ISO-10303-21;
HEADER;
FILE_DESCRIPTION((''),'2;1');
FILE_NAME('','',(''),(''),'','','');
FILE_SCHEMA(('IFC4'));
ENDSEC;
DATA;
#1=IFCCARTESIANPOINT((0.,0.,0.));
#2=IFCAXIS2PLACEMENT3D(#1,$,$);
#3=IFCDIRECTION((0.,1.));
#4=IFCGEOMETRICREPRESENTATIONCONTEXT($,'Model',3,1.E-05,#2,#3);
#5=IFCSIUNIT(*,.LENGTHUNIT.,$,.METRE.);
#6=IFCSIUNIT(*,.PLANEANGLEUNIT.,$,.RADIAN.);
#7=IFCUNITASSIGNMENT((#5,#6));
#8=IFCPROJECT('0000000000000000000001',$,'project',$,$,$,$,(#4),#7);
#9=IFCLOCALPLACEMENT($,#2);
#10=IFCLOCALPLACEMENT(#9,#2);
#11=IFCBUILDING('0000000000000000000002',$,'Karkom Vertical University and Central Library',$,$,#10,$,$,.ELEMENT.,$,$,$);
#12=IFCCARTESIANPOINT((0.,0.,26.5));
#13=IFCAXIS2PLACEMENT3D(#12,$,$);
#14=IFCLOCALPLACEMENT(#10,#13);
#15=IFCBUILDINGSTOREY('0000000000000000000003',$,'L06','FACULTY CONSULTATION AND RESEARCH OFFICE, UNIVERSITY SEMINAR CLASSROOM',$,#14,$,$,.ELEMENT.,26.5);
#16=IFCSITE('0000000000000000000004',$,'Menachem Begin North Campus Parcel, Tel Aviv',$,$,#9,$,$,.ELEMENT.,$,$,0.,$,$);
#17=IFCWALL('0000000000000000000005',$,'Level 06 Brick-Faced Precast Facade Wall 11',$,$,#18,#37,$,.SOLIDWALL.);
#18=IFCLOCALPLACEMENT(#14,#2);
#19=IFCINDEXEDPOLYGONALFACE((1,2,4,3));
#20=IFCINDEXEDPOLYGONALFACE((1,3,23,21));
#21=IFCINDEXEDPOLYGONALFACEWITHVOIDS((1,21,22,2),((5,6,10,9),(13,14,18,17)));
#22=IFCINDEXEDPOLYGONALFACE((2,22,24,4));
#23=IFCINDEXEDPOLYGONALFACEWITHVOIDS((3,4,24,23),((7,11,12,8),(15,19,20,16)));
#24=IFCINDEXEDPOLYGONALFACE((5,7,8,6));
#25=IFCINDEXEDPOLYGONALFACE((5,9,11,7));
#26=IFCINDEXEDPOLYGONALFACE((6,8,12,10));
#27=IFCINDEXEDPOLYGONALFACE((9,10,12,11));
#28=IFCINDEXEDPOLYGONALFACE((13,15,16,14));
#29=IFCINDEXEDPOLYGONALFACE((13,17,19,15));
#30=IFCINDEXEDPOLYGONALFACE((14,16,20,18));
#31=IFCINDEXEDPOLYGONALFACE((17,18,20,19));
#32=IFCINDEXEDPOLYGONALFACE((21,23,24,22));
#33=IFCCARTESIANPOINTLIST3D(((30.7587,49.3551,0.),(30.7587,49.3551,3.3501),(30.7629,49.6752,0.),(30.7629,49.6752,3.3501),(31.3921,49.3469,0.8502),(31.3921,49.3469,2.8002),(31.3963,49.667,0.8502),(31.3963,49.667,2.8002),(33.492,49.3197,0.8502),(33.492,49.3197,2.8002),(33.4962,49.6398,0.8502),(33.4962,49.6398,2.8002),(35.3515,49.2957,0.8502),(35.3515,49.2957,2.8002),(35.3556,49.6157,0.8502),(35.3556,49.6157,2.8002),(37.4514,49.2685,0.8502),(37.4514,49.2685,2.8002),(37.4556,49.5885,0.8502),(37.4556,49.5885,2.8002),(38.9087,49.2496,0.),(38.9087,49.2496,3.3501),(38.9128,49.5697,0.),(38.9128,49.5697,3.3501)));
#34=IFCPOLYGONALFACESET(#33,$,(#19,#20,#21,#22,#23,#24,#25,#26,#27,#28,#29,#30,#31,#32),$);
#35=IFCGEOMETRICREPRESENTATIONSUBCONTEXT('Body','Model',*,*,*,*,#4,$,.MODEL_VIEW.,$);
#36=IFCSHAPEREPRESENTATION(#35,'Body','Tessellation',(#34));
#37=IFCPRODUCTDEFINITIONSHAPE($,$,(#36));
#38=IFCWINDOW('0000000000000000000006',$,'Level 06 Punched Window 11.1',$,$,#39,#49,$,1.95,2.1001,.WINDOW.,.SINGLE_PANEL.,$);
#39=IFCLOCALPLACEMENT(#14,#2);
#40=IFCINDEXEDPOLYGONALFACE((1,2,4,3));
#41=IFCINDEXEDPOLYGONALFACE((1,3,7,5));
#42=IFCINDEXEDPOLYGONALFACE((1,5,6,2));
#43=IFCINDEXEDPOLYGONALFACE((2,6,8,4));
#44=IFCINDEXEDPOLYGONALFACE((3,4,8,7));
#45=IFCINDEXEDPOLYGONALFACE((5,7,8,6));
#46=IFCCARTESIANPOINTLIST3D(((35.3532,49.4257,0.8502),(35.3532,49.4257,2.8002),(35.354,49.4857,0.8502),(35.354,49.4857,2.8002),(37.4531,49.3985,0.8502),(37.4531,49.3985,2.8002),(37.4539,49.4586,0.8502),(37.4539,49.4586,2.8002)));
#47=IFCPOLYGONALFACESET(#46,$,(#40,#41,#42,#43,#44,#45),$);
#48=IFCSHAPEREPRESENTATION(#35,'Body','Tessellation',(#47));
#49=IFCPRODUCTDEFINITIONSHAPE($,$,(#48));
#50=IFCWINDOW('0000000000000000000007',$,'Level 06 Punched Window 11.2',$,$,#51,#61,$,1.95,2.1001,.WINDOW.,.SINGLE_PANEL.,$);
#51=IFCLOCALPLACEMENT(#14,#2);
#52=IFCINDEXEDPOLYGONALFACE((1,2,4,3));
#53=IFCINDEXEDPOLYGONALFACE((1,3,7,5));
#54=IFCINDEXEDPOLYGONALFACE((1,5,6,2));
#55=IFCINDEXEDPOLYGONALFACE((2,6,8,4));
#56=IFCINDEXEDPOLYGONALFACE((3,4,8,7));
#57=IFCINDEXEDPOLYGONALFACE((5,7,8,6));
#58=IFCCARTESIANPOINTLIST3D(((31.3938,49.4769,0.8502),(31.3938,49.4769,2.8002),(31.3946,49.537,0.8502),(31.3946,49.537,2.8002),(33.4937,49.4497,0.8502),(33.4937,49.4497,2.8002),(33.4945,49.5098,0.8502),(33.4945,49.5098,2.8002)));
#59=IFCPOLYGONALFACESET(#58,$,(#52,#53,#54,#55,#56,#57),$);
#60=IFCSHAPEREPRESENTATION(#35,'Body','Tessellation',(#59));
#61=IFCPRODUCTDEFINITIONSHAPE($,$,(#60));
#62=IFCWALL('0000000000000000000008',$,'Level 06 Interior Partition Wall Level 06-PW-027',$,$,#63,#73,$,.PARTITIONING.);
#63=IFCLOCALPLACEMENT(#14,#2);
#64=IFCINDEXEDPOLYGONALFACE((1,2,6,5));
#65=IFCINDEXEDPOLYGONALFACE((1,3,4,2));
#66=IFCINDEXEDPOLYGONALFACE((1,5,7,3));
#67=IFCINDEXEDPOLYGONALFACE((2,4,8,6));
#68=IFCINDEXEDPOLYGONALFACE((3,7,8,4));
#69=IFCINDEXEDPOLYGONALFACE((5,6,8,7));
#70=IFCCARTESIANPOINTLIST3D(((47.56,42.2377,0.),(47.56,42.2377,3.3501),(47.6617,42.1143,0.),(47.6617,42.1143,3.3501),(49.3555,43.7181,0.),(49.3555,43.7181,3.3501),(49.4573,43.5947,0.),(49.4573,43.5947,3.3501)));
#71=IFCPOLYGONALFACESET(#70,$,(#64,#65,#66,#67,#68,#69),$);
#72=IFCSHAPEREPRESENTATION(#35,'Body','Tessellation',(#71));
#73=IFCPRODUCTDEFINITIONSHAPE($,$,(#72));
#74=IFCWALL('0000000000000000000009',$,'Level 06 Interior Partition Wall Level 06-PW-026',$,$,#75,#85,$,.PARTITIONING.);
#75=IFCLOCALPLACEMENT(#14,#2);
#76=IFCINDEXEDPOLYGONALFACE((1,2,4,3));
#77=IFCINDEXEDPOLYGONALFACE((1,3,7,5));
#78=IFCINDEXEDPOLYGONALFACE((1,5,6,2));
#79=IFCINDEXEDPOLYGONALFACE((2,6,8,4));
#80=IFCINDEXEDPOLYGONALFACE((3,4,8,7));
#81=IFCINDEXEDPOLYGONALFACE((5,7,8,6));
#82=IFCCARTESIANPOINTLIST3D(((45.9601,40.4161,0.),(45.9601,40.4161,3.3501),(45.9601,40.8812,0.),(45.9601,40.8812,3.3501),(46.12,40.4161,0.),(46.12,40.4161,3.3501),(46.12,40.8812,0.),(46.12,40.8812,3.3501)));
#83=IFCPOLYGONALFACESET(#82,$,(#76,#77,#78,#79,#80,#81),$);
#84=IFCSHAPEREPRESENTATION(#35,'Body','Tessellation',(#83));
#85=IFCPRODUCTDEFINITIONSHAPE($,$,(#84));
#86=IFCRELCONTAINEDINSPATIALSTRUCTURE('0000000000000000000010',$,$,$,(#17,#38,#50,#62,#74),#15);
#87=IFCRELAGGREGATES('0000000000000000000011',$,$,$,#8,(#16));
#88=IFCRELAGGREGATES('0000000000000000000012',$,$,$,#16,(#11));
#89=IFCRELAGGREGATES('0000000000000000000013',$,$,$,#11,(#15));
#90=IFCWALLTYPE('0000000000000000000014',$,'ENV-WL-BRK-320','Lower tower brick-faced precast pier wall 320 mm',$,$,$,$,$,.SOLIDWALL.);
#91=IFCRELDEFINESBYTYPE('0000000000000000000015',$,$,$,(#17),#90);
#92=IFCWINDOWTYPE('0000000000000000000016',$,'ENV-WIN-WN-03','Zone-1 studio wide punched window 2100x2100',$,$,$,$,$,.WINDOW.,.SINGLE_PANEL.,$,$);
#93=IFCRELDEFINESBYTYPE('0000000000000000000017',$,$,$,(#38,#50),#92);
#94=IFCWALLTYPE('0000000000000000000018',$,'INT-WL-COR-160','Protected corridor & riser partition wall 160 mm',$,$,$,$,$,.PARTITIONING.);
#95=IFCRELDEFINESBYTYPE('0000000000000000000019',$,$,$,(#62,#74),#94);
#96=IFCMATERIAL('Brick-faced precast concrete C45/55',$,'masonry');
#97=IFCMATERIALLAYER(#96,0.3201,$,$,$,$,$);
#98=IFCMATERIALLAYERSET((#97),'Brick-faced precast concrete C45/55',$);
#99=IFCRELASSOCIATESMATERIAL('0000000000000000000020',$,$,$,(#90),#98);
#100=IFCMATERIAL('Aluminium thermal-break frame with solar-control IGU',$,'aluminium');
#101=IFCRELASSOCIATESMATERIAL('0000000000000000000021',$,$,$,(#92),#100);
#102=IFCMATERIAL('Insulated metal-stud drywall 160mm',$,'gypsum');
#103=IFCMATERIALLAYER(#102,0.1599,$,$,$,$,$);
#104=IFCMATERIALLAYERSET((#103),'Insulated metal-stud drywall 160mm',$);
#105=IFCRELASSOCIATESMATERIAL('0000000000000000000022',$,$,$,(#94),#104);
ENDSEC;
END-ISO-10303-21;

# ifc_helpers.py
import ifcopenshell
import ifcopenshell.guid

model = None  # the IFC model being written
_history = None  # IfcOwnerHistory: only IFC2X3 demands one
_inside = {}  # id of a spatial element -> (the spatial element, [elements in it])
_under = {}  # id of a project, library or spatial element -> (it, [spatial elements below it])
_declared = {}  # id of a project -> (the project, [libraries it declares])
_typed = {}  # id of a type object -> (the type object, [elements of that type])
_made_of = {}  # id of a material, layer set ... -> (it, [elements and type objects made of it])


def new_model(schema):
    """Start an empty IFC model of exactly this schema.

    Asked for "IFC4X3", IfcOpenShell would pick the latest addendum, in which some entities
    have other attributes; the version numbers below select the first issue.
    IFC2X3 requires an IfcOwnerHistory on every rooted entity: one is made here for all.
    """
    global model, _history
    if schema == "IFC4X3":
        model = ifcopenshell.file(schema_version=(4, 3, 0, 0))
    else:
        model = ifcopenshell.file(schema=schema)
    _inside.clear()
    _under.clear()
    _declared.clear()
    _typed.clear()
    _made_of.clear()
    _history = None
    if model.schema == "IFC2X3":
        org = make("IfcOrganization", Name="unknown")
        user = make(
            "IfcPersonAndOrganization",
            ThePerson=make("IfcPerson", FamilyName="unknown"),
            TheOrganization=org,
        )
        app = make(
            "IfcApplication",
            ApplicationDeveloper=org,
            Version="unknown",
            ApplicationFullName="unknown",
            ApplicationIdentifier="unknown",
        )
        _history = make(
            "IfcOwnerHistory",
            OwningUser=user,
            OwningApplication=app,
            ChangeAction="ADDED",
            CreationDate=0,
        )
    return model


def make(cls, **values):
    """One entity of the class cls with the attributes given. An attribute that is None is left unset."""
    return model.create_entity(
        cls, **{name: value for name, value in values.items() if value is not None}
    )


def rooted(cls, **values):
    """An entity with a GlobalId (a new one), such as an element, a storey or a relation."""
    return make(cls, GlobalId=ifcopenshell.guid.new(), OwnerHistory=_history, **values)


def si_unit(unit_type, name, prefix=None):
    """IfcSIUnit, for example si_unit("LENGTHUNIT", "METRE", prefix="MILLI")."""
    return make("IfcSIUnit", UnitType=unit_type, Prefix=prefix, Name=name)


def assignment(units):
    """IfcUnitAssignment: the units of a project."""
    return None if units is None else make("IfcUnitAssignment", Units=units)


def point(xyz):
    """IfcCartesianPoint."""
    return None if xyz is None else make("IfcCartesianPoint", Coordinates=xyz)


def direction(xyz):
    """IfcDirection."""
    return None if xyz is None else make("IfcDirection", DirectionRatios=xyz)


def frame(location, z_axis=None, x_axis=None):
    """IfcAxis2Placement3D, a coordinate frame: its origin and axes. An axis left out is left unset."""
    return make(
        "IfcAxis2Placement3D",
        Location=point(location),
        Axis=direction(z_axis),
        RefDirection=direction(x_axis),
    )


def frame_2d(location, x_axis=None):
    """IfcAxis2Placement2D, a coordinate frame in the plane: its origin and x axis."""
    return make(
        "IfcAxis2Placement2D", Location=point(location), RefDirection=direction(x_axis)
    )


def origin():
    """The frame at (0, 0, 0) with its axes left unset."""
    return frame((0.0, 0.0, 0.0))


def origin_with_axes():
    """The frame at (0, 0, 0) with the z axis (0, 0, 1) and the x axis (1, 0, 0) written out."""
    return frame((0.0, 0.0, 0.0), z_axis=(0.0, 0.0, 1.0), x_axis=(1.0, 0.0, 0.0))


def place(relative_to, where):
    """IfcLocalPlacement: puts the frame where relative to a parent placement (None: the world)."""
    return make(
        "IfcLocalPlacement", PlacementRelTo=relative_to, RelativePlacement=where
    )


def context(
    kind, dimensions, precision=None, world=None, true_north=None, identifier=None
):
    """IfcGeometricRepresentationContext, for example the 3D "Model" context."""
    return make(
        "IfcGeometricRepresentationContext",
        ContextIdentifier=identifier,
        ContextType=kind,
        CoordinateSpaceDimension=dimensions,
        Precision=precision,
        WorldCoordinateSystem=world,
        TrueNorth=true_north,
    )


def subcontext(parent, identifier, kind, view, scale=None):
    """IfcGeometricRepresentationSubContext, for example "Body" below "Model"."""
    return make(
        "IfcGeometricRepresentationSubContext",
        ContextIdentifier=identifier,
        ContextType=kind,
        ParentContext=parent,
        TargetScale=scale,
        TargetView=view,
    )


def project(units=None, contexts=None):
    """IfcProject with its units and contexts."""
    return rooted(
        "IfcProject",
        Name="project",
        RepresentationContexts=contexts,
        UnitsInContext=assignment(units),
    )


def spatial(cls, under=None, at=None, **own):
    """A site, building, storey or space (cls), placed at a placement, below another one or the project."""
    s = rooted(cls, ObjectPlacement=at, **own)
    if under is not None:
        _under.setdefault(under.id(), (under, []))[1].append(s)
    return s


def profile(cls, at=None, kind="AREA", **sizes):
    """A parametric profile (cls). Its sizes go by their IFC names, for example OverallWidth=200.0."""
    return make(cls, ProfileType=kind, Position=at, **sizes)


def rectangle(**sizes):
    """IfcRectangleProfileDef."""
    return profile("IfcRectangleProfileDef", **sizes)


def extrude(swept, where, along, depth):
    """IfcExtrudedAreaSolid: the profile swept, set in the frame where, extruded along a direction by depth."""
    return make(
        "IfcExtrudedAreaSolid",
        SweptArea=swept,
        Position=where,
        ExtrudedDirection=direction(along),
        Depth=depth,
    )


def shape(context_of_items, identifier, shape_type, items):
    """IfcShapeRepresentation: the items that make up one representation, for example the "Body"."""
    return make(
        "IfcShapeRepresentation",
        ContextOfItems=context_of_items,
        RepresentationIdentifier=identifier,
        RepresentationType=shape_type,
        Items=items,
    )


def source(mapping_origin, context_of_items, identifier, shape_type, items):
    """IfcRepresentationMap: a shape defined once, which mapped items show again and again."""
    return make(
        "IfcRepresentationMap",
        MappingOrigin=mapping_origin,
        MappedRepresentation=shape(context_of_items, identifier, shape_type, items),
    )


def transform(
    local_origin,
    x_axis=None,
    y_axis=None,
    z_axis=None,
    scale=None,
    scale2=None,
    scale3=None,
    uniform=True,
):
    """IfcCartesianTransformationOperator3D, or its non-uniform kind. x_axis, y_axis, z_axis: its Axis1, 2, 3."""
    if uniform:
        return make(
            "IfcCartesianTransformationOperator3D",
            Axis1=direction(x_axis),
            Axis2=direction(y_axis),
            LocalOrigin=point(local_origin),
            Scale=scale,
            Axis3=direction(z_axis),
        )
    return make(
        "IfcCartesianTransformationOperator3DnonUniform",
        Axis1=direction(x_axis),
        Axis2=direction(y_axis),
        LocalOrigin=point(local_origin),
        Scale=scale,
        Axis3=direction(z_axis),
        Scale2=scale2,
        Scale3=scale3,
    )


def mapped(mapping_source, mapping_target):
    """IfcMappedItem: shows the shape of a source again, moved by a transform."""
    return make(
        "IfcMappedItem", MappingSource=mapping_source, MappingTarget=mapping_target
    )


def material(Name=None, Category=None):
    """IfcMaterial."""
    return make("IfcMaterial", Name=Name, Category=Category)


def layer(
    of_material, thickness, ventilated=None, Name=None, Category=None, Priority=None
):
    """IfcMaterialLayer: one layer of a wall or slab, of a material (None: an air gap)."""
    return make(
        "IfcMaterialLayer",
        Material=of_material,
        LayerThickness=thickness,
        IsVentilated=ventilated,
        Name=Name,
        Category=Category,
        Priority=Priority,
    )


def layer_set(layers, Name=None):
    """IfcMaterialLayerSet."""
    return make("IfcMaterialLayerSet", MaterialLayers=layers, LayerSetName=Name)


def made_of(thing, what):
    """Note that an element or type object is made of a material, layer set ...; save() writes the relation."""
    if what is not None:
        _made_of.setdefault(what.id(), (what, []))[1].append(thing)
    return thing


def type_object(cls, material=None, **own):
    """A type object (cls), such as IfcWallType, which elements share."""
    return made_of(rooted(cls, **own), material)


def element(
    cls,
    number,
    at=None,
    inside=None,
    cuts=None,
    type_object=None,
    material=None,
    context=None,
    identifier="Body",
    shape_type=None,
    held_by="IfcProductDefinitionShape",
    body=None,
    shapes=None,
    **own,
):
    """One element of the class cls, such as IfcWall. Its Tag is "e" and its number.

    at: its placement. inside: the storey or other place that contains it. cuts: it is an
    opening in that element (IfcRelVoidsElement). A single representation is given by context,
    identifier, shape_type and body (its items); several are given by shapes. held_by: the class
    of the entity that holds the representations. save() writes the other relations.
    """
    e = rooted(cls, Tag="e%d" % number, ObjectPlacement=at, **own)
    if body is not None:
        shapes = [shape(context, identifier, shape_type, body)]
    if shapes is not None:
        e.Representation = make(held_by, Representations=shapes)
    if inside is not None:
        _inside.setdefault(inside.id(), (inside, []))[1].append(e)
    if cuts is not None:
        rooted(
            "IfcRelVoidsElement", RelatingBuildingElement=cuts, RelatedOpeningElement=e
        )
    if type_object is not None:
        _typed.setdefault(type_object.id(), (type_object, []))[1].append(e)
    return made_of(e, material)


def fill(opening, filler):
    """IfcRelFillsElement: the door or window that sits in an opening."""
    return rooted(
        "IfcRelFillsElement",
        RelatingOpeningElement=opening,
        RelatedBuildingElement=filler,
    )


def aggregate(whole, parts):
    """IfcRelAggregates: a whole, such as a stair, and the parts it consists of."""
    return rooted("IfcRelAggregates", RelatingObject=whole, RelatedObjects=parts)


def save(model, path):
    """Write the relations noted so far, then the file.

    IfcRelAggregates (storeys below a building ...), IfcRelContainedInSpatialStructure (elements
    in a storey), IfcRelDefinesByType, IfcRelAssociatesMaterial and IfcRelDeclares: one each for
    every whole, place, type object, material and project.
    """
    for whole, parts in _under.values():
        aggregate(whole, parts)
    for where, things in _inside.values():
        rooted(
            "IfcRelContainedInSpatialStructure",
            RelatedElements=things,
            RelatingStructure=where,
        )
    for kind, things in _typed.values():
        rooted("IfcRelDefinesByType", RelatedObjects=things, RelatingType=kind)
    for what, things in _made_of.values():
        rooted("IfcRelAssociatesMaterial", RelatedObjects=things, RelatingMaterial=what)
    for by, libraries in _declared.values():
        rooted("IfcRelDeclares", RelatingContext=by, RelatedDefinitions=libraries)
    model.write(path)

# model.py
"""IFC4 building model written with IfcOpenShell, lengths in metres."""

from ifc_helpers import new_model, si_unit, direction, frame, frame_2d, origin, origin_with_axes, place, context, subcontext, project, spatial, rectangle, extrude, source, transform, mapped, material, layer, layer_set, type_object, element, fill, save


model = new_model("IFC4")

# Units and contexts
model_context = context("Model", 3, precision=1e-05, world=origin(), true_north=direction((0.0, 1.0)))
body_context = subcontext(model_context, "Body", "Model", "MODEL_VIEW")
ifc_project = project(units=[si_unit("LENGTHUNIT", "METRE"), si_unit("PLANEANGLEUNIT", "RADIAN")], contexts=[model_context])

# Site, building, storey
site_placement = place(None, origin())
site = spatial("IfcSite", under=ifc_project, at=site_placement, Name="Menachem Begin North Campus Parcel, Tel Aviv", CompositionType="ELEMENT", RefElevation=0.0)
building_placement = place(site_placement, origin())
building = spatial("IfcBuilding", under=site, at=building_placement, Name="Karkom Vertical University and Central Library", CompositionType="ELEMENT")
storey_placement = place(building_placement, frame((0.0, 0.0, 26.5)))
storey = spatial("IfcBuildingStorey", under=building, at=storey_placement, Name="L06", Description="FACULTY CONSULTATION AND RESEARCH OFFICE, UNIVERSITY SEMINAR CLASSROOM", CompositionType="ELEMENT", Elevation=26.5)

# Wall, openings, windows
ifc_material_1 = material(Name="Brick-faced precast concrete C45/55", Category="masonry")
ifc_layer_1 = layer(ifc_material_1, 0.3201)
ifc_layer_set_1 = layer_set([ifc_layer_1], Name="Brick-faced precast concrete C45/55")
wall_type_1 = type_object("IfcWallType", Name="ENV-WL-BRK-320", Description="Lower tower brick-faced precast pier wall 320 mm", PredefinedType="SOLIDWALL", material=ifc_layer_set_1)
ifc_material_2 = material(Name="Aluminium thermal-break frame with solar-control IGU", Category="aluminium")
window_type_1 = type_object("IfcWindowType", Name="ENV-WIN-WN-03", Description="Zone-1 studio wide punched window 2100x2100", PartitioningType="SINGLE_PANEL", PredefinedType="WINDOW", material=ifc_material_2)
shared_shape_1 = source(origin_with_axes(), body_context, "Body", "SweptSolid", [
    extrude(rectangle(XDim=2.1001, YDim=1.95, at=frame_2d((1.05, 0.9751))), frame((0.0, 0.03, 0.0), z_axis=(0.0, -1.0, 0.0), x_axis=(1.0, 0.0, 0.0)), (0.0, 0.0, 1.0), 0.0601),
])
wall_1_placement = place(storey_placement, frame((38.9106, 49.4097, 0.0), z_axis=(0.0, 0.0, 1.0), x_axis=(-0.999916, 0.01294, 0.0)))
wall_1 = element("IfcWall", 1, at=wall_1_placement, inside=storey, type_object=wall_type_1, Name="Level 06 Brick-Faced Precast Facade Wall 11", PredefinedType="SOLIDWALL", context=body_context, shape_type="SweptSolid", body=[
    extrude(rectangle(XDim=8.1506, YDim=0.3201, at=frame_2d((4.0752, 0.0))), origin(), (0.0, 0.0, 1.0), 3.3501),
])
opening_1_placement = place(wall_1_placement, frame((1.4573, 0.0, 0.8501)))
opening_1 = element("IfcOpeningElement", 2, at=opening_1_placement, cuts=wall_1, PredefinedType="OPENING", context=body_context, shape_type="SweptSolid", body=[
    extrude(rectangle(XDim=2.1001, YDim=1.95, at=frame_2d((1.05, 0.9751))), frame((0.0, 0.1699, 0.0), z_axis=(0.0, -1.0, 0.0), x_axis=(1.0, 0.0, 0.0)), (0.0, 0.0, 1.0), 0.3401),
])
opening_2_placement = place(wall_1_placement, frame((5.417, 0.0, 0.8501)))
opening_2 = element("IfcOpeningElement", 3, at=opening_2_placement, cuts=wall_1, PredefinedType="OPENING", context=body_context, shape_type="SweptSolid", body=[
    extrude(rectangle(XDim=2.1001, YDim=1.95, at=frame_2d((1.05, 0.9751))), frame((0.0, 0.1699, 0.0), z_axis=(0.0, -1.0, 0.0), x_axis=(1.0, 0.0, 0.0)), (0.0, 0.0, 1.0), 0.3401),
])
window_1_placement = place(opening_1_placement, origin())
window_1 = element("IfcWindow", 4, at=window_1_placement, inside=storey, type_object=window_type_1, Name="Level 06 Punched Window 11.1", OverallHeight=1.95, OverallWidth=2.1001, PartitioningType="SINGLE_PANEL", PredefinedType="WINDOW", context=body_context, shape_type="MappedRepresentation", body=[
    mapped(shared_shape_1, transform((0.0, 0.0, 0.0), scale=1.0)),
])
fill(opening_1, window_1)
window_2_placement = place(opening_2_placement, origin())
window_2 = element("IfcWindow", 5, at=window_2_placement, inside=storey, type_object=window_type_1, Name="Level 06 Punched Window 11.2", OverallHeight=1.95, OverallWidth=2.1001, PartitioningType="SINGLE_PANEL", PredefinedType="WINDOW", context=body_context, shape_type="MappedRepresentation", body=[
    mapped(shared_shape_1, transform((0.0, 0.0, 0.0), scale=1.0)),
])
fill(opening_2, window_2)

# Walls
ifc_material_3 = material(Name="Insulated metal-stud drywall 160mm", Category="gypsum")
ifc_layer_2 = layer(ifc_material_3, 0.1599)
ifc_layer_set_2 = layer_set([ifc_layer_2], Name="Insulated metal-stud drywall 160mm")
wall_type_2 = type_object("IfcWallType", Name="INT-WL-COR-160", Description="Protected corridor & riser partition wall 160 mm", PredefinedType="PARTITIONING", material=ifc_layer_set_2)
wall_2_placement = place(storey_placement, frame((47.6108, 42.176, 0.0), z_axis=(0.0, 0.0, 1.0), x_axis=(0.771573, 0.636141, 0.0)))
element("IfcWall", 6, at=wall_2_placement, inside=storey, type_object=wall_type_2, Name="Level 06 Interior Partition Wall Level 06-PW-027", PredefinedType="PARTITIONING", context=body_context, shape_type="SweptSolid", body=[
    extrude(rectangle(XDim=2.3271, YDim=0.1599, at=frame_2d((1.1636, 0.0))), origin(), (0.0, 0.0, 1.0), 3.3501),
])
wall_3_placement = place(storey_placement, frame((46.04, 40.8811, 0.0), z_axis=(0.0, 0.0, 1.0), x_axis=(0.0, -1.0, 0.0)))
element("IfcWall", 7, at=wall_3_placement, inside=storey, type_object=wall_type_2, Name="Level 06 Interior Partition Wall Level 06-PW-026", PredefinedType="PARTITIONING", context=body_context, shape_type="SweptSolid", body=[
    extrude(rectangle(XDim=0.4651, YDim=0.1599, at=frame_2d((0.2324, 0.0))), origin(), (0.0, 0.0, 1.0), 3.3501),
])

save(model, "model.ifc")
